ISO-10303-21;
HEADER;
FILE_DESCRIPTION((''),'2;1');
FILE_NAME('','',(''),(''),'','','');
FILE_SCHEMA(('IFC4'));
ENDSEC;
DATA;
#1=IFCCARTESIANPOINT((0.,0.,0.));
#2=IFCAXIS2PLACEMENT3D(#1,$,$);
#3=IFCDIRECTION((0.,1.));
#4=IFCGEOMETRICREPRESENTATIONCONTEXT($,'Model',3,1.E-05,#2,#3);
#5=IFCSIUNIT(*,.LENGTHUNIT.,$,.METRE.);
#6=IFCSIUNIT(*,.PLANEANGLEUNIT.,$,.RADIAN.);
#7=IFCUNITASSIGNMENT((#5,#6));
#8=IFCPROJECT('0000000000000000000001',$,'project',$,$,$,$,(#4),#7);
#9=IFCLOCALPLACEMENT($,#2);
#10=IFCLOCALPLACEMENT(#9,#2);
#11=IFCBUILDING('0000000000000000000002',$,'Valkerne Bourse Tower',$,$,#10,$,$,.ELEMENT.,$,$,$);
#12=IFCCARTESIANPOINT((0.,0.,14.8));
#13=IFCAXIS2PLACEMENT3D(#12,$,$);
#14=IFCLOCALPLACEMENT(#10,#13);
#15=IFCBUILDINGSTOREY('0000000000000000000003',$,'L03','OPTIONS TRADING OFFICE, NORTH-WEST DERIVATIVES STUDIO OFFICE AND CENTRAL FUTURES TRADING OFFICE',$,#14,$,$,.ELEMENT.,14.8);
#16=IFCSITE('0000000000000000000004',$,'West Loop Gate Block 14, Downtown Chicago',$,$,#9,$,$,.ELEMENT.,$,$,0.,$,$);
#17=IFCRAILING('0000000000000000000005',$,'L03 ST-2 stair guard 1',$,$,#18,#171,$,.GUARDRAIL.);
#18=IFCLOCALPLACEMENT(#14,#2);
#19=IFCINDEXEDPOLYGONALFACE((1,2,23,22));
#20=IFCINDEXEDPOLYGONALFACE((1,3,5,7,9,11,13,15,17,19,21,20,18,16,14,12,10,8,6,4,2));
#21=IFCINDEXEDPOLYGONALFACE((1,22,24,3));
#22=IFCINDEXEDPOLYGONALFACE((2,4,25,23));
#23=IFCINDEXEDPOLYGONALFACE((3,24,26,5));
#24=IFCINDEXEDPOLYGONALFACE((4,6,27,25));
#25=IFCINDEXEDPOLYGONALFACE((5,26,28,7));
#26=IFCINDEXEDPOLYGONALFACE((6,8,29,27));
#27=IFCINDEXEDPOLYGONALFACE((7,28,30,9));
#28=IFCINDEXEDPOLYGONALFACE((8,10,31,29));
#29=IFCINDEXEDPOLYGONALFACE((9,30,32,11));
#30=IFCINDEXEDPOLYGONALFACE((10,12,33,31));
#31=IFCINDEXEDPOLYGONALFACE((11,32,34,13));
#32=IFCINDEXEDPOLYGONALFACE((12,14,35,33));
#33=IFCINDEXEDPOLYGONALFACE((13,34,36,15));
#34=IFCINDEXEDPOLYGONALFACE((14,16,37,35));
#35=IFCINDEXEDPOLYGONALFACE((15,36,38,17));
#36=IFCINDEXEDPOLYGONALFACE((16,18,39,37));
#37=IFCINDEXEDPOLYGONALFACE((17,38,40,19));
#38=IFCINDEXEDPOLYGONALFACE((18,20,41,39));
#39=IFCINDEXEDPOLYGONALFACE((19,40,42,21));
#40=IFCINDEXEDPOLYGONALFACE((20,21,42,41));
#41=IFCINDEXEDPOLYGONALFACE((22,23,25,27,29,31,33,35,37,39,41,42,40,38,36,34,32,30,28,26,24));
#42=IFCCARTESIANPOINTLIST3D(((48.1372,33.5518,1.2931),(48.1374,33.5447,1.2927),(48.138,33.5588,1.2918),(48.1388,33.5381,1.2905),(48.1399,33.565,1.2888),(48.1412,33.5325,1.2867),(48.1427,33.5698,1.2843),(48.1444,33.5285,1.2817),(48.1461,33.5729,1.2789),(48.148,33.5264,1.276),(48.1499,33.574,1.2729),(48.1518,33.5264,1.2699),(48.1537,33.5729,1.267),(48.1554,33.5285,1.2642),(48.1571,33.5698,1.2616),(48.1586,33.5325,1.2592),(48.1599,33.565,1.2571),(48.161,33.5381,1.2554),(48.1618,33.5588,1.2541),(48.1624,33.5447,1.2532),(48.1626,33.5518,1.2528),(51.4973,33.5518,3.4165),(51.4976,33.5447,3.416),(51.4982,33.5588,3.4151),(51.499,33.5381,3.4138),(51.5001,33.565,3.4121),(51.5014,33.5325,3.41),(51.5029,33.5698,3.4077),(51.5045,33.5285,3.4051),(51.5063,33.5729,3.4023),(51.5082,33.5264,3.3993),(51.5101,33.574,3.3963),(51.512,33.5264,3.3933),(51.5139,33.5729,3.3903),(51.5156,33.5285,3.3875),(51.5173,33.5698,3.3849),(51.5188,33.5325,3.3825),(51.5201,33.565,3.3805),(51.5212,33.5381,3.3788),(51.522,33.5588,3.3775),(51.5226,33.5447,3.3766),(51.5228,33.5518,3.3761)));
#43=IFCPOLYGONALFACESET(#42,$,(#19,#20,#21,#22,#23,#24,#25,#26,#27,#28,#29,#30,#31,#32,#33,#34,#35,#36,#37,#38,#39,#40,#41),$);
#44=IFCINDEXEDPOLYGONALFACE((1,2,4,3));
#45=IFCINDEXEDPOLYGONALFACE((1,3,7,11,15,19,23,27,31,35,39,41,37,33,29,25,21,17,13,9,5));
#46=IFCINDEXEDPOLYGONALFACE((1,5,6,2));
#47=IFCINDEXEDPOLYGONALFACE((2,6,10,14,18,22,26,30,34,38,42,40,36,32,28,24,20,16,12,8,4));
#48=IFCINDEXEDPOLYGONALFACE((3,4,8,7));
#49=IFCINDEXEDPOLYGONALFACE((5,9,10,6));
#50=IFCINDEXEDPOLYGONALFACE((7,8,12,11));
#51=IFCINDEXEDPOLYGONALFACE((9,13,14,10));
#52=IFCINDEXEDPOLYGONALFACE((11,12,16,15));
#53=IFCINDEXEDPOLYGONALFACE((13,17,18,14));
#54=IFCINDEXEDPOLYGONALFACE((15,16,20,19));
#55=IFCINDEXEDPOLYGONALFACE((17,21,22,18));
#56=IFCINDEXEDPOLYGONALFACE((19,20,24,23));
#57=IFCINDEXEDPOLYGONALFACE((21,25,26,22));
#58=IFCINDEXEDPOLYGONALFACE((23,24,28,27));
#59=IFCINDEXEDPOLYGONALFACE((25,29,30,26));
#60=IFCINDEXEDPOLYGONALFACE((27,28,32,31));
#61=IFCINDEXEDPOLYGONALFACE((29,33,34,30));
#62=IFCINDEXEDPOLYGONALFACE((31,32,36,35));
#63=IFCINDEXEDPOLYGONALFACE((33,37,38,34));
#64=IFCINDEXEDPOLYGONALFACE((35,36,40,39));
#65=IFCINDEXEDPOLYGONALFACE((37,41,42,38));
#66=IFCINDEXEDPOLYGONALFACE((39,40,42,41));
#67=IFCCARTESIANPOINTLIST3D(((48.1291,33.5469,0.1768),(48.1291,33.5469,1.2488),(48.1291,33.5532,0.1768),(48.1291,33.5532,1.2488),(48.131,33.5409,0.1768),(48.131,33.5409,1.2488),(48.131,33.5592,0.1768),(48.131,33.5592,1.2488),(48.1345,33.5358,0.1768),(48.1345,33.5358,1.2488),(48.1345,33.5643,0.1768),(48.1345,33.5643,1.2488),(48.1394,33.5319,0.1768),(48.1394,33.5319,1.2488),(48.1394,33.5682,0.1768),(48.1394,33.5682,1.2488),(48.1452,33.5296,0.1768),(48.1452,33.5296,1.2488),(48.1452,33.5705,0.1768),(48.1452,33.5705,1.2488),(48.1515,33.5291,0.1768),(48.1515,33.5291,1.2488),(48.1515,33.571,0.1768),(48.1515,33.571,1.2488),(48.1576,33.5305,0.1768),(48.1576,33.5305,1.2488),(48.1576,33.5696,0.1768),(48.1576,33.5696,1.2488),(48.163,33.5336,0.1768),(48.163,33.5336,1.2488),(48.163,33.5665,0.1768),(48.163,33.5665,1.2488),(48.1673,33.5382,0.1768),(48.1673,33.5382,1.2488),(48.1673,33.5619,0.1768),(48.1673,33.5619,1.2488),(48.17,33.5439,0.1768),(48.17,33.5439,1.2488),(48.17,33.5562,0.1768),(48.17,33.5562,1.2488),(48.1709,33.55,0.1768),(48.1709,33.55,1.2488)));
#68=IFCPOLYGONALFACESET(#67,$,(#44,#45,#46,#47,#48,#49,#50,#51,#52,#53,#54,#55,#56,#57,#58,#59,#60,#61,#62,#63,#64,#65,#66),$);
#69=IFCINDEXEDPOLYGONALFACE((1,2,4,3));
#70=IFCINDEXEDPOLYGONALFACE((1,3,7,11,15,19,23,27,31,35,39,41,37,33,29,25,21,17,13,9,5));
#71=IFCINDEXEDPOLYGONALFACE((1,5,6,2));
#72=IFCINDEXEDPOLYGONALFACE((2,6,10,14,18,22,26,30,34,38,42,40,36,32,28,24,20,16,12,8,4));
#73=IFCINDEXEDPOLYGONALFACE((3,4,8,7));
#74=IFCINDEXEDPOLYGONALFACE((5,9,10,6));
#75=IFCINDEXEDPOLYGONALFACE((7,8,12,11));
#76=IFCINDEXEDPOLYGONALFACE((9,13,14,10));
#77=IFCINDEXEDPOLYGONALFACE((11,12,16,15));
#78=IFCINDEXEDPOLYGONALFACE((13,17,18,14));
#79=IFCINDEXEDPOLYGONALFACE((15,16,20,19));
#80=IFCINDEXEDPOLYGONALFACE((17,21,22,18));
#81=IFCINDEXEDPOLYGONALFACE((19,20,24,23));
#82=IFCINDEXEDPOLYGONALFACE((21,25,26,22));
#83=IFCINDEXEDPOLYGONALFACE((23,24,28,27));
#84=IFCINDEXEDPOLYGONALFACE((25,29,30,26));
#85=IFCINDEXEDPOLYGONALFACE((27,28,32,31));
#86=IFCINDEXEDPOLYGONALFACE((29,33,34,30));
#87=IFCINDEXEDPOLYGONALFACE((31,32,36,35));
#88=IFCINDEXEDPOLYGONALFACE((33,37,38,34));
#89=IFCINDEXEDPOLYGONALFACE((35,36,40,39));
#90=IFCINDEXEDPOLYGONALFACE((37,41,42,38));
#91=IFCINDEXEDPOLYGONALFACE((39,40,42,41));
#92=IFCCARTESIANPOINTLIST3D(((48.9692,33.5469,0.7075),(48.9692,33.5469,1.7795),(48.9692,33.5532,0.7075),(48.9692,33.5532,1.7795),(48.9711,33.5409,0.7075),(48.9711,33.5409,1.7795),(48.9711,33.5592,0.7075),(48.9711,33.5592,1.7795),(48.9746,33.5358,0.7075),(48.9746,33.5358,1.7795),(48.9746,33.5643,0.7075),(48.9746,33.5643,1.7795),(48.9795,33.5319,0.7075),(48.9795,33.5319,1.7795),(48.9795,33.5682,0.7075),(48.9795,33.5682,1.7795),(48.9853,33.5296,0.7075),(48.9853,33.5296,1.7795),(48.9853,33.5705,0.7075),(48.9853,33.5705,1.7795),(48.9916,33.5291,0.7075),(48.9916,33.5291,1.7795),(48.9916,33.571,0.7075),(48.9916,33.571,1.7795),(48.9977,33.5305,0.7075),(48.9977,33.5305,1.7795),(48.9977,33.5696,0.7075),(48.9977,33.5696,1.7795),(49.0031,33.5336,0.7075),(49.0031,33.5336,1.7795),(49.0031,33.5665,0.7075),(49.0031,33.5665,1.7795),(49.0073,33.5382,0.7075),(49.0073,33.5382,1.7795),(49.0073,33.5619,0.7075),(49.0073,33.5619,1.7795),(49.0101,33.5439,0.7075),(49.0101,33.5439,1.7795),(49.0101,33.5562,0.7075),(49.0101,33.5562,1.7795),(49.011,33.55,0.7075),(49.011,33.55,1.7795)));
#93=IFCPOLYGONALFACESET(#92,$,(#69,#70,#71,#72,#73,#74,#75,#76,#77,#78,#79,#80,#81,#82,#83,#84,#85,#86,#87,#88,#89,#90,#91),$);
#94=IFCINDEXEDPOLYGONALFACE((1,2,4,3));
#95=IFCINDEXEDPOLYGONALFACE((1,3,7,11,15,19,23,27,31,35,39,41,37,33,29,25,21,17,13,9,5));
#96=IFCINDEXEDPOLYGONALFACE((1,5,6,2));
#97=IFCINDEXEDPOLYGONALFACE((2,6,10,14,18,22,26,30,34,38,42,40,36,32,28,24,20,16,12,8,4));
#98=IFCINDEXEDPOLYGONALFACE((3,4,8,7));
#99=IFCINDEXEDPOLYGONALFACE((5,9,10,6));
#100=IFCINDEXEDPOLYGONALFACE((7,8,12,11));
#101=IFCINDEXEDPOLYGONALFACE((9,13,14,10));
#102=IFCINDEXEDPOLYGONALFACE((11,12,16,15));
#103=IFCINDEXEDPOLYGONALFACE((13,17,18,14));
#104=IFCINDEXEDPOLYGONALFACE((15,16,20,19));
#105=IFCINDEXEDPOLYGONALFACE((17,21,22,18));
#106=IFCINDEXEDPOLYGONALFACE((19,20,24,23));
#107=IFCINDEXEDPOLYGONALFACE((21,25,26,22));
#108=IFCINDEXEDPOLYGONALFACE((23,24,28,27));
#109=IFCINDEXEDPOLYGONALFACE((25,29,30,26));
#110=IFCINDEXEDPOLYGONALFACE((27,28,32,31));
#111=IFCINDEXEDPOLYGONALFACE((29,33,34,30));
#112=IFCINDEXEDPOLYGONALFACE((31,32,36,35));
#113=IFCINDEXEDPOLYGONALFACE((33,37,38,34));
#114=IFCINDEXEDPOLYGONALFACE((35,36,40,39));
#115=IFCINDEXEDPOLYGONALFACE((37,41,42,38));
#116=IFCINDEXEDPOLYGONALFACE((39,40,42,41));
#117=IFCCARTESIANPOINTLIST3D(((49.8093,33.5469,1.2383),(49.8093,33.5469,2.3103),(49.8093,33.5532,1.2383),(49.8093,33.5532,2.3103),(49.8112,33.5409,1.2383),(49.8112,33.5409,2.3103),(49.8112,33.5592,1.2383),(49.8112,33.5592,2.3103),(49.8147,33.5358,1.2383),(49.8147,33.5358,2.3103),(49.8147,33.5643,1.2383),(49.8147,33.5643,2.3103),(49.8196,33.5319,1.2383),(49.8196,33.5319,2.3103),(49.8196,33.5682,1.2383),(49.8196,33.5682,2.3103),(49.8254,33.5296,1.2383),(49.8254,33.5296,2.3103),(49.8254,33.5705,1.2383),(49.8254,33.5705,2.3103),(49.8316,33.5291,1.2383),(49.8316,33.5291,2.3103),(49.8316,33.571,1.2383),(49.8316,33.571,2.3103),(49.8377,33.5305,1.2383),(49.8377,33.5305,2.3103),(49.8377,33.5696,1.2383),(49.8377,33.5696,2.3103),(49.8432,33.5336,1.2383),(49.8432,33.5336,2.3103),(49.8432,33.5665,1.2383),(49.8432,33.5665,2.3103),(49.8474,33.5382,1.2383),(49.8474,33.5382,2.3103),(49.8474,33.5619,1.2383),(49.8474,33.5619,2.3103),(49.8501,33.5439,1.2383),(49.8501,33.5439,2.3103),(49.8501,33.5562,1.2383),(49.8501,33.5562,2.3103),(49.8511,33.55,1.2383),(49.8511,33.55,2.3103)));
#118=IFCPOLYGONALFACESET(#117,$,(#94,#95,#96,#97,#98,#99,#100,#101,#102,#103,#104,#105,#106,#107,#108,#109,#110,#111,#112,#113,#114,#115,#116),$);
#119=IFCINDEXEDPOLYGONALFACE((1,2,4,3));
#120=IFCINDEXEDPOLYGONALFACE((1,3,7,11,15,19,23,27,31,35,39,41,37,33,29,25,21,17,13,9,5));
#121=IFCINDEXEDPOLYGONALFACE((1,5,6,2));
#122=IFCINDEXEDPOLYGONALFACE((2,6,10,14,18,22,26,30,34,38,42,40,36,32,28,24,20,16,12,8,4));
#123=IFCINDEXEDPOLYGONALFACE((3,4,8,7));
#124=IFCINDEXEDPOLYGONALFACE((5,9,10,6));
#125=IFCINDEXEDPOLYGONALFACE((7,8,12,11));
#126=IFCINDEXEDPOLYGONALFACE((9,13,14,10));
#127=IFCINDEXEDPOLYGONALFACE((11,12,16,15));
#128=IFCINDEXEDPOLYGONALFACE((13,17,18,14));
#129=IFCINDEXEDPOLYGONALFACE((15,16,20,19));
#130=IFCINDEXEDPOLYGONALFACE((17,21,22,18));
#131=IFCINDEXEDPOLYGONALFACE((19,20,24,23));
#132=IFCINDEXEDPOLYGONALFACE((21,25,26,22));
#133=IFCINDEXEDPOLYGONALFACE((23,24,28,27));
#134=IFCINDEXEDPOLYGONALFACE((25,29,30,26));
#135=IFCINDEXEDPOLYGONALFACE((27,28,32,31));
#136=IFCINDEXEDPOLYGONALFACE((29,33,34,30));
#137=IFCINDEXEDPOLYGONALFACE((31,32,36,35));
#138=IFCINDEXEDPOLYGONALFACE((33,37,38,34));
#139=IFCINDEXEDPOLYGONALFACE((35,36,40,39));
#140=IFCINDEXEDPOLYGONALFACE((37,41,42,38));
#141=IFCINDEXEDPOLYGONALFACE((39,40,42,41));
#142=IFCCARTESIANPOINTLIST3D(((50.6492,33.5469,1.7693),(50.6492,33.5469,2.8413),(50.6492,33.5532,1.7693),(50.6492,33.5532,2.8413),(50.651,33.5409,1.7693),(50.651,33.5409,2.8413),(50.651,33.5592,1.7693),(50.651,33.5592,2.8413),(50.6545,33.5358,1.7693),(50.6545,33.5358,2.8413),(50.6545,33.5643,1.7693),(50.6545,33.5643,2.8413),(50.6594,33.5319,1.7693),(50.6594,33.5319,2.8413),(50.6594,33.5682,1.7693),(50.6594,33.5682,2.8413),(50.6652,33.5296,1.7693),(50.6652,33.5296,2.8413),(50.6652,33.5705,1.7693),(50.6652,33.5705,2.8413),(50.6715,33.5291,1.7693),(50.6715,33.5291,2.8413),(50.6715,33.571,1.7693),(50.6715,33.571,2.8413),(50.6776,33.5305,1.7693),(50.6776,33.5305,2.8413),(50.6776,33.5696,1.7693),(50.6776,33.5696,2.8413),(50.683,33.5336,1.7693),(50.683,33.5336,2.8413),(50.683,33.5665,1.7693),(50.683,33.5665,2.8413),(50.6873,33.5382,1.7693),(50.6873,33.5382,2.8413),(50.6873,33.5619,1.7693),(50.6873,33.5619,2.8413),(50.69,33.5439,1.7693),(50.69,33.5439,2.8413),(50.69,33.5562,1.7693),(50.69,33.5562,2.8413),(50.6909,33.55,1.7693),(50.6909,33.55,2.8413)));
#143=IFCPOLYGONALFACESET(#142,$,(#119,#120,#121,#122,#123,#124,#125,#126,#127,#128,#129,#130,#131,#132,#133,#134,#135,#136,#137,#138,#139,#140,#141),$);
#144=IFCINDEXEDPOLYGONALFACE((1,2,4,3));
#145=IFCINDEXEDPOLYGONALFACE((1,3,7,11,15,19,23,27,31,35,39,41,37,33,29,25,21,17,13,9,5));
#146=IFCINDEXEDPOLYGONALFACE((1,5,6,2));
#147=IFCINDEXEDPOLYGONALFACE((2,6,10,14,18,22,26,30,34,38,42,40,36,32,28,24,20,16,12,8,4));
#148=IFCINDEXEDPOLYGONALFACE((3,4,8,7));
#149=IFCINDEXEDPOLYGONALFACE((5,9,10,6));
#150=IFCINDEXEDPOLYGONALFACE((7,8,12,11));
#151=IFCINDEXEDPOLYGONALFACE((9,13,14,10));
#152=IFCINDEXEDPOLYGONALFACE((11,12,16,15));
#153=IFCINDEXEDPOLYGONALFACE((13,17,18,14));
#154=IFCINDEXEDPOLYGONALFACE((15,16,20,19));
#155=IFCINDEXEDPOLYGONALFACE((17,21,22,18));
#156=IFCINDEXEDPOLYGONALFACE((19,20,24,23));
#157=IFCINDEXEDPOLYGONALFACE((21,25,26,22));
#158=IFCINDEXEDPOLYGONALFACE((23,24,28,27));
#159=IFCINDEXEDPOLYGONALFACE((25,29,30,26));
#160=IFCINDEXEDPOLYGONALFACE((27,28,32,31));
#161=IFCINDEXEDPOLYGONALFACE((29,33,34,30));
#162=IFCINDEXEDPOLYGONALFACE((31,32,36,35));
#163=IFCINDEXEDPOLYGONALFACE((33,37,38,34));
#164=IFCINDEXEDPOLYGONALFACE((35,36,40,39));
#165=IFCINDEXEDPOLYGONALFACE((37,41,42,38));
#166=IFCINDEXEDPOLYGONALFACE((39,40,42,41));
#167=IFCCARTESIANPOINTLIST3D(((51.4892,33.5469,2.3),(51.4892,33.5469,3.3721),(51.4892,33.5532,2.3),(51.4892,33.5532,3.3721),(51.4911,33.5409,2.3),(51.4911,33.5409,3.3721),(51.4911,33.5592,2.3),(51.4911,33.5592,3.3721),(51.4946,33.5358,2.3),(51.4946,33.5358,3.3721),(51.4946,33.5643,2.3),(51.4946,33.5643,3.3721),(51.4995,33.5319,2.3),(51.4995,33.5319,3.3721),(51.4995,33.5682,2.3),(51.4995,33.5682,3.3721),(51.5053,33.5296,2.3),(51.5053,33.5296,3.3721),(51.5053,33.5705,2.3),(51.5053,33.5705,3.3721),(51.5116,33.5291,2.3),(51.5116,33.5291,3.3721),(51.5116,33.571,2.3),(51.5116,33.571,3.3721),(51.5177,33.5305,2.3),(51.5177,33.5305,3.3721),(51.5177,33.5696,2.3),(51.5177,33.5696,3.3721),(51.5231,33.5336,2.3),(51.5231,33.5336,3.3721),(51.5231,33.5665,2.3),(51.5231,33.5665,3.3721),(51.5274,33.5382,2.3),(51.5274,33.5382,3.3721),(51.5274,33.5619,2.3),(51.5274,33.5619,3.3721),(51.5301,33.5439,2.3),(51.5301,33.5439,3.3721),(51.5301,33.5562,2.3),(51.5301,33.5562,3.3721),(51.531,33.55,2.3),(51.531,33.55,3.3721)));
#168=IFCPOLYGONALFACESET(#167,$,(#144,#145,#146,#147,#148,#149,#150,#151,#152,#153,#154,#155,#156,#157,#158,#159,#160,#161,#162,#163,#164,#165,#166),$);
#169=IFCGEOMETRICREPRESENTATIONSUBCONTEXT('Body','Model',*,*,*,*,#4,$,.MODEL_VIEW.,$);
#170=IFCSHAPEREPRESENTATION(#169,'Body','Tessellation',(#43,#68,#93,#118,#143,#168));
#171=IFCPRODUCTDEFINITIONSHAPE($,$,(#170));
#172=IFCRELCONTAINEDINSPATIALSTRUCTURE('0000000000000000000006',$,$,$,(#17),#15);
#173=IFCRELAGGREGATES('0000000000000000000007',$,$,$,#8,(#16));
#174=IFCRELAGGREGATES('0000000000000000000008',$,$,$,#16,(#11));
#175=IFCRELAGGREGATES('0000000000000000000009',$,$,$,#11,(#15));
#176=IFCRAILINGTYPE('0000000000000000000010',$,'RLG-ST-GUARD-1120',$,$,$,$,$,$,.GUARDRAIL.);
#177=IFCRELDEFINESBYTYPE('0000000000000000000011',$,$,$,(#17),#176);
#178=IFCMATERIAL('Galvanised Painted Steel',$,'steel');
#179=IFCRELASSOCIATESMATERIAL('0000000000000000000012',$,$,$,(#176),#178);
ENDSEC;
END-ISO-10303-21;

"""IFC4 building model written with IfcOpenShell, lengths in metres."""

from ifc_helpers import new_model, si_unit, direction, frame, origin, origin_2d, place, context, subcontext, project, spatial, circle, extrude, material, type_object, element, save


model = new_model("IFC4")

# Units and contexts
model_context = context("Model", 3, precision=1e-05, world=origin(), true_north=direction((0.0, 1.0)))
body_context = subcontext(model_context, "Body", "Model", "MODEL_VIEW")
ifc_project = project(units=[si_unit("LENGTHUNIT", "METRE"), si_unit("PLANEANGLEUNIT", "RADIAN")], contexts=[model_context])

# Site, building, storey
site_placement = place(None, origin())
site = spatial("IfcSite", under=ifc_project, at=site_placement, Name="West Loop Gate Block 14, Downtown Chicago", CompositionType="ELEMENT", RefElevation=0.0)
building_placement = place(site_placement, origin())
building = spatial("IfcBuilding", under=site, at=building_placement, Name="Valkerne Bourse Tower", CompositionType="ELEMENT")
storey_placement = place(building_placement, frame((0.0, 0.0, 14.8)))
storey = spatial("IfcBuildingStorey", under=building, at=storey_placement, Name="L03", Description="OPTIONS TRADING OFFICE, NORTH-WEST DERIVATIVES STUDIO OFFICE AND CENTRAL FUTURES TRADING OFFICE", CompositionType="ELEMENT", Elevation=14.8)

# Shared definitions
ifc_material_1 = material(Name="Galvanised Painted Steel", Category="steel")

# Railing
railing_type_1 = type_object("IfcRailingType", Name="RLG-ST-GUARD-1120", PredefinedType="GUARDRAIL", material=ifc_material_1)
railing_1_placement = place(storey_placement, frame((48.1499, 33.55, 0.1768)))
element("IfcRailing", 1, at=railing_1_placement, inside=storey, type_object=railing_type_1, Name="L03 ST-2 stair guard 1", PredefinedType="GUARDRAIL", context=body_context, shape_type="SweptSolid", body=[
    extrude(circle(Radius=0.0239, at=origin_2d()), frame((0.0, 0.0, 1.0962), z_axis=(0.845362, 0.0, 0.534194), x_axis=(0.0, 1.0, 0.0)), (0.0, 0.0, 1.0), 3.9749),
    extrude(circle(Radius=0.021, at=origin_2d()), origin(), (0.0, 0.0, 1.0), 1.072),
    extrude(circle(Radius=0.021, at=origin_2d()), frame((0.8401, 0.0, 0.5308)), (0.0, 0.0, 1.0), 1.072),
    extrude(circle(Radius=0.021, at=origin_2d()), frame((1.6802, 0.0, 1.0615)), (0.0, 0.0, 1.0), 1.072),
    extrude(circle(Radius=0.021, at=origin_2d()), frame((2.52, 0.0, 1.5925)), (0.0, 0.0, 1.0), 1.072),
    extrude(circle(Radius=0.021, at=origin_2d()), frame((3.3601, 0.0, 2.1233)), (0.0, 0.0, 1.0), 1.072),
])

save(model, "model.ifc")
